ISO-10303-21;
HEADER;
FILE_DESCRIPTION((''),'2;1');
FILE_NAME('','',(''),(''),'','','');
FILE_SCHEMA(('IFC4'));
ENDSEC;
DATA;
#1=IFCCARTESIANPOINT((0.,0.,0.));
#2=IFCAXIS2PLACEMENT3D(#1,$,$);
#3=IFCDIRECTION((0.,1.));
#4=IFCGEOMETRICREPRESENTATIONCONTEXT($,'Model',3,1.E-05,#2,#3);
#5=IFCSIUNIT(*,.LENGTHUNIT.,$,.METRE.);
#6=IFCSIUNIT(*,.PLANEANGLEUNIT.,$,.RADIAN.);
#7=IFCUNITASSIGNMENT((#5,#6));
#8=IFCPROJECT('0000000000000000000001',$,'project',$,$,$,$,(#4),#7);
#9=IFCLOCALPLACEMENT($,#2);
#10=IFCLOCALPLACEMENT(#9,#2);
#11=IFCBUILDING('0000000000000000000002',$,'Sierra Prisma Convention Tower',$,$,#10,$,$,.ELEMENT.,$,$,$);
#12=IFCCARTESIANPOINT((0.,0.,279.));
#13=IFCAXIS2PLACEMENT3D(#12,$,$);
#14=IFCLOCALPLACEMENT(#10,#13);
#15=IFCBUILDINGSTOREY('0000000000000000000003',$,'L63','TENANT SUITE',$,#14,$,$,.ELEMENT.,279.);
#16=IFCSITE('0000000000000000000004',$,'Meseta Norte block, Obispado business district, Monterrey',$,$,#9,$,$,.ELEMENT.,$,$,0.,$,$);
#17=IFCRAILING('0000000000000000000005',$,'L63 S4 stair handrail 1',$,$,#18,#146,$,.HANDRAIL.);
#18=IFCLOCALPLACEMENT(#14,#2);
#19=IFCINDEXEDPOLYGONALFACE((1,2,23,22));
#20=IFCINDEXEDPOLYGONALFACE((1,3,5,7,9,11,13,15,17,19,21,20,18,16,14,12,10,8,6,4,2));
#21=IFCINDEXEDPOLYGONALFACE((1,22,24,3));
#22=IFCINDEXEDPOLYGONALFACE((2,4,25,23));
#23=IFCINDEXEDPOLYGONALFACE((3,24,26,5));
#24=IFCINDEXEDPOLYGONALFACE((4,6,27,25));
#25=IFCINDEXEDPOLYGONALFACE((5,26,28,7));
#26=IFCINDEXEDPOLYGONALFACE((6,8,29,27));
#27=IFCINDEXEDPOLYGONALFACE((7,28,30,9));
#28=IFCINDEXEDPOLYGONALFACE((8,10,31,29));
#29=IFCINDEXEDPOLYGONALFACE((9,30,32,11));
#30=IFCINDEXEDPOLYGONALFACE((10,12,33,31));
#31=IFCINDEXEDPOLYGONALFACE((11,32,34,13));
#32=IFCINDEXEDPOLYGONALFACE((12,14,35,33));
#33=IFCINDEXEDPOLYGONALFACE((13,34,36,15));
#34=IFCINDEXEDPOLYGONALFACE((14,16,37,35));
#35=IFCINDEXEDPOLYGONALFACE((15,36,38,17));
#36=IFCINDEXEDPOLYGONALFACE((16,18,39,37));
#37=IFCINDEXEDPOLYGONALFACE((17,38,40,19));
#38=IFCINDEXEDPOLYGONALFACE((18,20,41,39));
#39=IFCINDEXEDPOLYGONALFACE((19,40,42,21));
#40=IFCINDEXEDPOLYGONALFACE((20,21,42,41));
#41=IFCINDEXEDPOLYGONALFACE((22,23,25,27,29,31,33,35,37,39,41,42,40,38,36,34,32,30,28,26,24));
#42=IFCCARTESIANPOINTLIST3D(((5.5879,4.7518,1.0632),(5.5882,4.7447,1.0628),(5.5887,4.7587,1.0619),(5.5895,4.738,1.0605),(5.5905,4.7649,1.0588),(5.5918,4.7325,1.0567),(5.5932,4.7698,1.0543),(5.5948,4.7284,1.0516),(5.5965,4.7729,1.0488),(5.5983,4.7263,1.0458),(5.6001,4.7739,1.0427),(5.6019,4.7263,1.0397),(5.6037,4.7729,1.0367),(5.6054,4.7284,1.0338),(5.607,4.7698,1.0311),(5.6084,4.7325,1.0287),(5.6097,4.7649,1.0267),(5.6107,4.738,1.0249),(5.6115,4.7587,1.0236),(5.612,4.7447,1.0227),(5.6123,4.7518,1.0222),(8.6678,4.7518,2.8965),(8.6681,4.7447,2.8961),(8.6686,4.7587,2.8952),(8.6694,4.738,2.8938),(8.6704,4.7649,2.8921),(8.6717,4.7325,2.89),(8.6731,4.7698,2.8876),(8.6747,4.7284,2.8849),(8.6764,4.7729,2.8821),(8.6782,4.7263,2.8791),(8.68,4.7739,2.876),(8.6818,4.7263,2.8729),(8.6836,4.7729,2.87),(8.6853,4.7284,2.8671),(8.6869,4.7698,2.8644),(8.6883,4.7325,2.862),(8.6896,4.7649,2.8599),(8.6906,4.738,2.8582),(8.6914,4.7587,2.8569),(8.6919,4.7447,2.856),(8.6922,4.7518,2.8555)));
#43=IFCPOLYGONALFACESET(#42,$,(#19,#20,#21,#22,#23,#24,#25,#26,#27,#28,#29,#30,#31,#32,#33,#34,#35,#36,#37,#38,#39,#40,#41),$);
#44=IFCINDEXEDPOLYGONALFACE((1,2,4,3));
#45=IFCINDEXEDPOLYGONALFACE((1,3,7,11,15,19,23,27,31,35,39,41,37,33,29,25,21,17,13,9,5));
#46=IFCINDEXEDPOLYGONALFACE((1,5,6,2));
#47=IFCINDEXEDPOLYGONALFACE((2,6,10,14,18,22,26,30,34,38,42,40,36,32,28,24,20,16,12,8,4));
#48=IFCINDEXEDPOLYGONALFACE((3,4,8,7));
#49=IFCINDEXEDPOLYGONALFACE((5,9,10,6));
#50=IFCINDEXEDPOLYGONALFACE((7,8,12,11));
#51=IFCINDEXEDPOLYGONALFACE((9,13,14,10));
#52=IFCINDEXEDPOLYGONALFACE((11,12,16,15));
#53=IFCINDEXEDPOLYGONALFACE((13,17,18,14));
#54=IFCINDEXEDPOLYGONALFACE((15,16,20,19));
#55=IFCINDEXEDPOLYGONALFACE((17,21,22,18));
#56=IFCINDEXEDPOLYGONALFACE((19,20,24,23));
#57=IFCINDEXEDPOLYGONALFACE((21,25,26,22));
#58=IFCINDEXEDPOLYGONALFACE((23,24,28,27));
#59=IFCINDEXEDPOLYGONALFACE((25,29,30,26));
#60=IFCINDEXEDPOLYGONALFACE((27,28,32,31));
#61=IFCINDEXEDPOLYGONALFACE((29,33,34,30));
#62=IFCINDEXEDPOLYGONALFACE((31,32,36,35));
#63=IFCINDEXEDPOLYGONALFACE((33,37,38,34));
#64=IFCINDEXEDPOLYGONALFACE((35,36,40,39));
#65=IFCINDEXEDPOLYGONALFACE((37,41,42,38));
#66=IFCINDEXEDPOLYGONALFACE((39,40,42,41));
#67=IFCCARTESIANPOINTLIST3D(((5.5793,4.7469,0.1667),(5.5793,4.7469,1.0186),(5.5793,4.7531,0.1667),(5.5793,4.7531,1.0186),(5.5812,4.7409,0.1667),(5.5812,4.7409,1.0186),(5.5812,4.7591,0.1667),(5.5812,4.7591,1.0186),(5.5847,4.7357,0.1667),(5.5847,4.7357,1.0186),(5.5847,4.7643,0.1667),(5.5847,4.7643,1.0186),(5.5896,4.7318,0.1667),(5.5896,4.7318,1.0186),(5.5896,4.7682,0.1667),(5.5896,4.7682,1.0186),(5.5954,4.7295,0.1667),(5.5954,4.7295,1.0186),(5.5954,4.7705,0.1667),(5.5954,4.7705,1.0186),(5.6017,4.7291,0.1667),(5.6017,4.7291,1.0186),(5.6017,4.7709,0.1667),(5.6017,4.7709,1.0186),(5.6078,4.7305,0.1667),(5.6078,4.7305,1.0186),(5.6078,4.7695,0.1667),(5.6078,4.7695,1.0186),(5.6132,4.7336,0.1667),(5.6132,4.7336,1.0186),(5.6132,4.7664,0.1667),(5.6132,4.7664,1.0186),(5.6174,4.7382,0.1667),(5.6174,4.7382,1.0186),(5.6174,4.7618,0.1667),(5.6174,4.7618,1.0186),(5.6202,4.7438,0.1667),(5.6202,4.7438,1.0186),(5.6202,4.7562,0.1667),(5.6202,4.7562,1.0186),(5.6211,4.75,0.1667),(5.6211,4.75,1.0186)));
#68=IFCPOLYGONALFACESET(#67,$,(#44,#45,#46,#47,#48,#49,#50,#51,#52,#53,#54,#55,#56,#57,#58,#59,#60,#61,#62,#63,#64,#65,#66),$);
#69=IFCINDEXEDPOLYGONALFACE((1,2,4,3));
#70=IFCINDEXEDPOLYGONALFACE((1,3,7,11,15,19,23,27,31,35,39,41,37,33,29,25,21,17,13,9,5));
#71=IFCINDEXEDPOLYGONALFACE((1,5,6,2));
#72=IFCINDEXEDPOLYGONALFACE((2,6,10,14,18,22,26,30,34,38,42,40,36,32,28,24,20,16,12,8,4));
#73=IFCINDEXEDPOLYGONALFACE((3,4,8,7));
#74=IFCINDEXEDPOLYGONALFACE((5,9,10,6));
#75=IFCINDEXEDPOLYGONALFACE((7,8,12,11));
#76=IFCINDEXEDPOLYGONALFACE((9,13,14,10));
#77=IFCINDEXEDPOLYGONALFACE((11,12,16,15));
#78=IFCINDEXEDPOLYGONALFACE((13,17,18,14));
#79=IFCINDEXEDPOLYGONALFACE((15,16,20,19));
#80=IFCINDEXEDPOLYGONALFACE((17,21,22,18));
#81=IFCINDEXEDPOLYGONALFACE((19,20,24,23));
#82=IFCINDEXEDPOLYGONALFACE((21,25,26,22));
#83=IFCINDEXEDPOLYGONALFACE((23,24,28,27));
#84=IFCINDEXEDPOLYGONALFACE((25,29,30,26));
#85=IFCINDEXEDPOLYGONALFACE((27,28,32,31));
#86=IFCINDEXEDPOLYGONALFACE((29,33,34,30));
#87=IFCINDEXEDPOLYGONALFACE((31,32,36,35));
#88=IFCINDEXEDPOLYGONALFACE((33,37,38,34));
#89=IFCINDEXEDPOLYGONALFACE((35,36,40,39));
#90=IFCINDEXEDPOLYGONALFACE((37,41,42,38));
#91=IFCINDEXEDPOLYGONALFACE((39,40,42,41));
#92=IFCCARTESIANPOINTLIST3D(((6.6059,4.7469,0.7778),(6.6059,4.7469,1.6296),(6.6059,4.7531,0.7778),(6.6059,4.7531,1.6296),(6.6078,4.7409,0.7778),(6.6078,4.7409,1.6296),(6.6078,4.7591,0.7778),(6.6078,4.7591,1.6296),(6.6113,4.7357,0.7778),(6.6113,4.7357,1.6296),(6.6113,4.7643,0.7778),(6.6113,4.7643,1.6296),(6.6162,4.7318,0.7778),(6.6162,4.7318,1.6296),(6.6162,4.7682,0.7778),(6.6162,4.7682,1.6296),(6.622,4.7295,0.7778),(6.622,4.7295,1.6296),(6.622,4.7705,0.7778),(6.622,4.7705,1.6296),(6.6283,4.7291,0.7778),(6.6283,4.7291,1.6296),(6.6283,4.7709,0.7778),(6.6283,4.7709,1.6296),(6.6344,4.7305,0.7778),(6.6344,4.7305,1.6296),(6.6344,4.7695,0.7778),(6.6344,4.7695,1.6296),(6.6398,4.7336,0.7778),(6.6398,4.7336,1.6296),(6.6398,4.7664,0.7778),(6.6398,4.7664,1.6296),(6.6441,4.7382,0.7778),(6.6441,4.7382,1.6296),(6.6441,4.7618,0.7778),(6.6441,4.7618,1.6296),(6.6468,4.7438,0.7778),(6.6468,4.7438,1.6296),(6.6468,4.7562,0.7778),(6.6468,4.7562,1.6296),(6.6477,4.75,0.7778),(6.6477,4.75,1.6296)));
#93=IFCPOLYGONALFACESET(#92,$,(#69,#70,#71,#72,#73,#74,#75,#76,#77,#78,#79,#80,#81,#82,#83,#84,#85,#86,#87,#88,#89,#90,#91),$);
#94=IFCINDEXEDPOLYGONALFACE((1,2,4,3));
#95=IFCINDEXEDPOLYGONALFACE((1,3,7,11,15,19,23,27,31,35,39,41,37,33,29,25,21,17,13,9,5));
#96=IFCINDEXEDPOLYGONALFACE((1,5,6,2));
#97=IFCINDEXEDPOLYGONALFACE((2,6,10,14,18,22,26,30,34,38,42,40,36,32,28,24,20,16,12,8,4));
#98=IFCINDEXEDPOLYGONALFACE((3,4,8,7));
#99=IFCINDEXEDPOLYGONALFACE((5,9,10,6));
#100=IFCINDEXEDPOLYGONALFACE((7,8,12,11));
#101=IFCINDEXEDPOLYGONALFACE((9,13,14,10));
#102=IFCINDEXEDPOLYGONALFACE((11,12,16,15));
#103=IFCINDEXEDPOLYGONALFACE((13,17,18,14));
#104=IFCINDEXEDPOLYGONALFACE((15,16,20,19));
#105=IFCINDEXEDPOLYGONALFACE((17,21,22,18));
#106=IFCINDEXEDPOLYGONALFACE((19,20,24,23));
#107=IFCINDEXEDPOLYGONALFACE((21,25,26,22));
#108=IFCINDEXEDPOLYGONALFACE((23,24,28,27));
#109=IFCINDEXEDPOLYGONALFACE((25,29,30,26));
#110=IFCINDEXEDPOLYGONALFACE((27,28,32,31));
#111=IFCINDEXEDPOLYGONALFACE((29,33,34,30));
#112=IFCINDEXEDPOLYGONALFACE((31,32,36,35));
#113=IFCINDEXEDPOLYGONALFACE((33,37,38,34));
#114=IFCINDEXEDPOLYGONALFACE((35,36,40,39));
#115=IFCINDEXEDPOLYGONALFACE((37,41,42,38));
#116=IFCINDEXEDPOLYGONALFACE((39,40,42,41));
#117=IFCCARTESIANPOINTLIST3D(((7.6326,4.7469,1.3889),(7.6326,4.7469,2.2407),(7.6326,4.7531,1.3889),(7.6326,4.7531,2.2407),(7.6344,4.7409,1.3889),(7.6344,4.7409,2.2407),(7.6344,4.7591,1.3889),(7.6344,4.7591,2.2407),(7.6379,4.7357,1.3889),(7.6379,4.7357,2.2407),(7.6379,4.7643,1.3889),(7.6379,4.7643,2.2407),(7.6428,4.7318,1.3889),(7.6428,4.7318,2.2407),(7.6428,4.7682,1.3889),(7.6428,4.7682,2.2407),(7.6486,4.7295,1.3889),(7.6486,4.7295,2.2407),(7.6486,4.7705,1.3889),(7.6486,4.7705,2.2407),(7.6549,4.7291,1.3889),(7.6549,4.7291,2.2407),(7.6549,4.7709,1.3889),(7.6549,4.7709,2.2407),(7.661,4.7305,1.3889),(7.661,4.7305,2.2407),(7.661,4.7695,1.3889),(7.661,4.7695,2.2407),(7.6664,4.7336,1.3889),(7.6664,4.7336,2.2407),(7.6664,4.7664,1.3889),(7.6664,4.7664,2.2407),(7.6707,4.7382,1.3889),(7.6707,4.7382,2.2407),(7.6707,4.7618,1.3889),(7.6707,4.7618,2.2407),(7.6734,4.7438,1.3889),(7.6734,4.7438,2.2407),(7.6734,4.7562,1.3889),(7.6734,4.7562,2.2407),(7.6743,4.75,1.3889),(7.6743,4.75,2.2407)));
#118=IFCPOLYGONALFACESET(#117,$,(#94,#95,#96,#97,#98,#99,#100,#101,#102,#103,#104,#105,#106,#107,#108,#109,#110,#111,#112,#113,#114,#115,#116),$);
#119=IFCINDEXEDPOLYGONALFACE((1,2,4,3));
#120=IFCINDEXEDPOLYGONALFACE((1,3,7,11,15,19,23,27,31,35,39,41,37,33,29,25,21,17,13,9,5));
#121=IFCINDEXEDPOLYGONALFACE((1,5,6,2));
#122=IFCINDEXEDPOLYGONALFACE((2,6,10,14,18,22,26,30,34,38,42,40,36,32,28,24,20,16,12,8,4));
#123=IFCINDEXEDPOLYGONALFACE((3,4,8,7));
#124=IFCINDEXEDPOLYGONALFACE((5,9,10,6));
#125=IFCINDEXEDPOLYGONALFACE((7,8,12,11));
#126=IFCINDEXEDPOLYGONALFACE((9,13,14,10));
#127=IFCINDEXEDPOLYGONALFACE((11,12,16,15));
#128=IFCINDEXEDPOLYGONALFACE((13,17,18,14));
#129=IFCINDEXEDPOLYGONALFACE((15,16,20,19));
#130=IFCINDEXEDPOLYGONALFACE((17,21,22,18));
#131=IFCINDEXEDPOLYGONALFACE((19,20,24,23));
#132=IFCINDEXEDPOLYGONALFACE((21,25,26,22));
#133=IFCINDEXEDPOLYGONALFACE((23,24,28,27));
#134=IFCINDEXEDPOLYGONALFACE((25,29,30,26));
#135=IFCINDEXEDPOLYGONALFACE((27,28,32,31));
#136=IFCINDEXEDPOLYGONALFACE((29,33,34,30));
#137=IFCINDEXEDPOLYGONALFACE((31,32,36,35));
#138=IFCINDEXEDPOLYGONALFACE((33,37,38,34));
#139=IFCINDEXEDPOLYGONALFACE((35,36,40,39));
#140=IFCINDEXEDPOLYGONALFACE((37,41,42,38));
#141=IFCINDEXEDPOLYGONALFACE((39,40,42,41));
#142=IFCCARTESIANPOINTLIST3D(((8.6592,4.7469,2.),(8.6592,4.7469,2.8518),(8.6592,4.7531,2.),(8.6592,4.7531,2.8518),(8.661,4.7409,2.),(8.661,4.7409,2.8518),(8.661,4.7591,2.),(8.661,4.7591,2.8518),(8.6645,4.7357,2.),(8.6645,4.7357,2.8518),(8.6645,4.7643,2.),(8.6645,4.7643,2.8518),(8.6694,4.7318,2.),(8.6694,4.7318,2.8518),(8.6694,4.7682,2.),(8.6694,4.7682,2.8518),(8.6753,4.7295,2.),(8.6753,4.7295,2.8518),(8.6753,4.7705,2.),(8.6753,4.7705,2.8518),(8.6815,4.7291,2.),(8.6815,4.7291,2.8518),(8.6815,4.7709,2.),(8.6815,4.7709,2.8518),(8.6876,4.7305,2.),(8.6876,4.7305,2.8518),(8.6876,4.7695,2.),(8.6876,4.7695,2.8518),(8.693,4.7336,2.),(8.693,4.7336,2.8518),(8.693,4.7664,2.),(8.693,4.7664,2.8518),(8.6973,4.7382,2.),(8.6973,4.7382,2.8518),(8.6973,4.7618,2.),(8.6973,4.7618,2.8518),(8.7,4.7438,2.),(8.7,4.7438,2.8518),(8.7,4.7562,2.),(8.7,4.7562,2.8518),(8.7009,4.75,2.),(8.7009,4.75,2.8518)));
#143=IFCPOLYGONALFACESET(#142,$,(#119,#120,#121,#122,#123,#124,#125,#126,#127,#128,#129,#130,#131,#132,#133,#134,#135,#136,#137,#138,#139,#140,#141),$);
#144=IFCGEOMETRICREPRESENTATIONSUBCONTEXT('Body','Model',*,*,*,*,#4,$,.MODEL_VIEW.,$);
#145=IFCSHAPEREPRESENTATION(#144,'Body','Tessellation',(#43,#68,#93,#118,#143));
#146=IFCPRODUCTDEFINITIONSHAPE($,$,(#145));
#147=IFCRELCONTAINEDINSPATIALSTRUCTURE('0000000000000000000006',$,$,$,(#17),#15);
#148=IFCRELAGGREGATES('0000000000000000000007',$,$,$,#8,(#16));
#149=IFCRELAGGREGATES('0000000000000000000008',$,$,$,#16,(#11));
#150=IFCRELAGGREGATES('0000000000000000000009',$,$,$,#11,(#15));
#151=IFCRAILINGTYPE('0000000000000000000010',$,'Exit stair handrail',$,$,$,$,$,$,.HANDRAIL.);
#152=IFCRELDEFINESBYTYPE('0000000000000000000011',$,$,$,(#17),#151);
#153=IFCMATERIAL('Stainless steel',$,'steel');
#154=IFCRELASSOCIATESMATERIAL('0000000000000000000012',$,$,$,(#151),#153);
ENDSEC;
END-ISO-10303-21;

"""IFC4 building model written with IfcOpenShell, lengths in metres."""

from ifc_helpers import new_model, si_unit, direction, frame, origin, origin_2d, place, context, subcontext, project, spatial, circle, extrude, material, type_object, element, save


model = new_model("IFC4")

# Units and contexts
model_context = context("Model", 3, precision=1e-05, world=origin(), true_north=direction((0.0, 1.0)))
body_context = subcontext(model_context, "Body", "Model", "MODEL_VIEW")
ifc_project = project(units=[si_unit("LENGTHUNIT", "METRE"), si_unit("PLANEANGLEUNIT", "RADIAN")], contexts=[model_context])

# Site, building, storey
site_placement = place(None, origin())
site = spatial("IfcSite", under=ifc_project, at=site_placement, Name="Meseta Norte block, Obispado business district, Monterrey", CompositionType="ELEMENT", RefElevation=0.0)
building_placement = place(site_placement, origin())
building = spatial("IfcBuilding", under=site, at=building_placement, Name="Sierra Prisma Convention Tower", CompositionType="ELEMENT")
storey_placement = place(building_placement, frame((0.0, 0.0, 279.0)))
storey = spatial("IfcBuildingStorey", under=building, at=storey_placement, Name="L63", Description="TENANT SUITE", CompositionType="ELEMENT", Elevation=279.0)

# Railing
ifc_material_1 = material(Name="Stainless steel", Category="steel")
railing_type_1 = type_object("IfcRailingType", Name="Exit stair handrail", PredefinedType="HANDRAIL", material=ifc_material_1)
railing_1_placement = place(storey_placement, frame((5.6001, 4.75, 0.1667)))
element("IfcRailing", 1, at=railing_1_placement, inside=storey, type_object=railing_type_1, Name="L63 S4 stair handrail 1", PredefinedType="HANDRAIL", context=body_context, shape_type="SweptSolid", body=[
    extrude(circle(Radius=0.0239, at=origin_2d()), frame((0.0, 0.0, 0.876), z_axis=(0.859291, 0.0, 0.511487), x_axis=(0.0, 1.0, 0.0)), (0.0, 0.0, 1.0), 3.5842),
    extrude(circle(Radius=0.021, at=origin_2d()), origin(), (0.0, 0.0, 1.0), 0.8518),
    extrude(circle(Radius=0.021, at=origin_2d()), frame((1.0266, 0.0, 0.6111)), (0.0, 0.0, 1.0), 0.8518),
    extrude(circle(Radius=0.021, at=origin_2d()), frame((2.0532, 0.0, 1.2222)), (0.0, 0.0, 1.0), 0.8518),
    extrude(circle(Radius=0.021, at=origin_2d()), frame((3.0798, 0.0, 1.8333)), (0.0, 0.0, 1.0), 0.8518),
])

save(model, "model.ifc")
